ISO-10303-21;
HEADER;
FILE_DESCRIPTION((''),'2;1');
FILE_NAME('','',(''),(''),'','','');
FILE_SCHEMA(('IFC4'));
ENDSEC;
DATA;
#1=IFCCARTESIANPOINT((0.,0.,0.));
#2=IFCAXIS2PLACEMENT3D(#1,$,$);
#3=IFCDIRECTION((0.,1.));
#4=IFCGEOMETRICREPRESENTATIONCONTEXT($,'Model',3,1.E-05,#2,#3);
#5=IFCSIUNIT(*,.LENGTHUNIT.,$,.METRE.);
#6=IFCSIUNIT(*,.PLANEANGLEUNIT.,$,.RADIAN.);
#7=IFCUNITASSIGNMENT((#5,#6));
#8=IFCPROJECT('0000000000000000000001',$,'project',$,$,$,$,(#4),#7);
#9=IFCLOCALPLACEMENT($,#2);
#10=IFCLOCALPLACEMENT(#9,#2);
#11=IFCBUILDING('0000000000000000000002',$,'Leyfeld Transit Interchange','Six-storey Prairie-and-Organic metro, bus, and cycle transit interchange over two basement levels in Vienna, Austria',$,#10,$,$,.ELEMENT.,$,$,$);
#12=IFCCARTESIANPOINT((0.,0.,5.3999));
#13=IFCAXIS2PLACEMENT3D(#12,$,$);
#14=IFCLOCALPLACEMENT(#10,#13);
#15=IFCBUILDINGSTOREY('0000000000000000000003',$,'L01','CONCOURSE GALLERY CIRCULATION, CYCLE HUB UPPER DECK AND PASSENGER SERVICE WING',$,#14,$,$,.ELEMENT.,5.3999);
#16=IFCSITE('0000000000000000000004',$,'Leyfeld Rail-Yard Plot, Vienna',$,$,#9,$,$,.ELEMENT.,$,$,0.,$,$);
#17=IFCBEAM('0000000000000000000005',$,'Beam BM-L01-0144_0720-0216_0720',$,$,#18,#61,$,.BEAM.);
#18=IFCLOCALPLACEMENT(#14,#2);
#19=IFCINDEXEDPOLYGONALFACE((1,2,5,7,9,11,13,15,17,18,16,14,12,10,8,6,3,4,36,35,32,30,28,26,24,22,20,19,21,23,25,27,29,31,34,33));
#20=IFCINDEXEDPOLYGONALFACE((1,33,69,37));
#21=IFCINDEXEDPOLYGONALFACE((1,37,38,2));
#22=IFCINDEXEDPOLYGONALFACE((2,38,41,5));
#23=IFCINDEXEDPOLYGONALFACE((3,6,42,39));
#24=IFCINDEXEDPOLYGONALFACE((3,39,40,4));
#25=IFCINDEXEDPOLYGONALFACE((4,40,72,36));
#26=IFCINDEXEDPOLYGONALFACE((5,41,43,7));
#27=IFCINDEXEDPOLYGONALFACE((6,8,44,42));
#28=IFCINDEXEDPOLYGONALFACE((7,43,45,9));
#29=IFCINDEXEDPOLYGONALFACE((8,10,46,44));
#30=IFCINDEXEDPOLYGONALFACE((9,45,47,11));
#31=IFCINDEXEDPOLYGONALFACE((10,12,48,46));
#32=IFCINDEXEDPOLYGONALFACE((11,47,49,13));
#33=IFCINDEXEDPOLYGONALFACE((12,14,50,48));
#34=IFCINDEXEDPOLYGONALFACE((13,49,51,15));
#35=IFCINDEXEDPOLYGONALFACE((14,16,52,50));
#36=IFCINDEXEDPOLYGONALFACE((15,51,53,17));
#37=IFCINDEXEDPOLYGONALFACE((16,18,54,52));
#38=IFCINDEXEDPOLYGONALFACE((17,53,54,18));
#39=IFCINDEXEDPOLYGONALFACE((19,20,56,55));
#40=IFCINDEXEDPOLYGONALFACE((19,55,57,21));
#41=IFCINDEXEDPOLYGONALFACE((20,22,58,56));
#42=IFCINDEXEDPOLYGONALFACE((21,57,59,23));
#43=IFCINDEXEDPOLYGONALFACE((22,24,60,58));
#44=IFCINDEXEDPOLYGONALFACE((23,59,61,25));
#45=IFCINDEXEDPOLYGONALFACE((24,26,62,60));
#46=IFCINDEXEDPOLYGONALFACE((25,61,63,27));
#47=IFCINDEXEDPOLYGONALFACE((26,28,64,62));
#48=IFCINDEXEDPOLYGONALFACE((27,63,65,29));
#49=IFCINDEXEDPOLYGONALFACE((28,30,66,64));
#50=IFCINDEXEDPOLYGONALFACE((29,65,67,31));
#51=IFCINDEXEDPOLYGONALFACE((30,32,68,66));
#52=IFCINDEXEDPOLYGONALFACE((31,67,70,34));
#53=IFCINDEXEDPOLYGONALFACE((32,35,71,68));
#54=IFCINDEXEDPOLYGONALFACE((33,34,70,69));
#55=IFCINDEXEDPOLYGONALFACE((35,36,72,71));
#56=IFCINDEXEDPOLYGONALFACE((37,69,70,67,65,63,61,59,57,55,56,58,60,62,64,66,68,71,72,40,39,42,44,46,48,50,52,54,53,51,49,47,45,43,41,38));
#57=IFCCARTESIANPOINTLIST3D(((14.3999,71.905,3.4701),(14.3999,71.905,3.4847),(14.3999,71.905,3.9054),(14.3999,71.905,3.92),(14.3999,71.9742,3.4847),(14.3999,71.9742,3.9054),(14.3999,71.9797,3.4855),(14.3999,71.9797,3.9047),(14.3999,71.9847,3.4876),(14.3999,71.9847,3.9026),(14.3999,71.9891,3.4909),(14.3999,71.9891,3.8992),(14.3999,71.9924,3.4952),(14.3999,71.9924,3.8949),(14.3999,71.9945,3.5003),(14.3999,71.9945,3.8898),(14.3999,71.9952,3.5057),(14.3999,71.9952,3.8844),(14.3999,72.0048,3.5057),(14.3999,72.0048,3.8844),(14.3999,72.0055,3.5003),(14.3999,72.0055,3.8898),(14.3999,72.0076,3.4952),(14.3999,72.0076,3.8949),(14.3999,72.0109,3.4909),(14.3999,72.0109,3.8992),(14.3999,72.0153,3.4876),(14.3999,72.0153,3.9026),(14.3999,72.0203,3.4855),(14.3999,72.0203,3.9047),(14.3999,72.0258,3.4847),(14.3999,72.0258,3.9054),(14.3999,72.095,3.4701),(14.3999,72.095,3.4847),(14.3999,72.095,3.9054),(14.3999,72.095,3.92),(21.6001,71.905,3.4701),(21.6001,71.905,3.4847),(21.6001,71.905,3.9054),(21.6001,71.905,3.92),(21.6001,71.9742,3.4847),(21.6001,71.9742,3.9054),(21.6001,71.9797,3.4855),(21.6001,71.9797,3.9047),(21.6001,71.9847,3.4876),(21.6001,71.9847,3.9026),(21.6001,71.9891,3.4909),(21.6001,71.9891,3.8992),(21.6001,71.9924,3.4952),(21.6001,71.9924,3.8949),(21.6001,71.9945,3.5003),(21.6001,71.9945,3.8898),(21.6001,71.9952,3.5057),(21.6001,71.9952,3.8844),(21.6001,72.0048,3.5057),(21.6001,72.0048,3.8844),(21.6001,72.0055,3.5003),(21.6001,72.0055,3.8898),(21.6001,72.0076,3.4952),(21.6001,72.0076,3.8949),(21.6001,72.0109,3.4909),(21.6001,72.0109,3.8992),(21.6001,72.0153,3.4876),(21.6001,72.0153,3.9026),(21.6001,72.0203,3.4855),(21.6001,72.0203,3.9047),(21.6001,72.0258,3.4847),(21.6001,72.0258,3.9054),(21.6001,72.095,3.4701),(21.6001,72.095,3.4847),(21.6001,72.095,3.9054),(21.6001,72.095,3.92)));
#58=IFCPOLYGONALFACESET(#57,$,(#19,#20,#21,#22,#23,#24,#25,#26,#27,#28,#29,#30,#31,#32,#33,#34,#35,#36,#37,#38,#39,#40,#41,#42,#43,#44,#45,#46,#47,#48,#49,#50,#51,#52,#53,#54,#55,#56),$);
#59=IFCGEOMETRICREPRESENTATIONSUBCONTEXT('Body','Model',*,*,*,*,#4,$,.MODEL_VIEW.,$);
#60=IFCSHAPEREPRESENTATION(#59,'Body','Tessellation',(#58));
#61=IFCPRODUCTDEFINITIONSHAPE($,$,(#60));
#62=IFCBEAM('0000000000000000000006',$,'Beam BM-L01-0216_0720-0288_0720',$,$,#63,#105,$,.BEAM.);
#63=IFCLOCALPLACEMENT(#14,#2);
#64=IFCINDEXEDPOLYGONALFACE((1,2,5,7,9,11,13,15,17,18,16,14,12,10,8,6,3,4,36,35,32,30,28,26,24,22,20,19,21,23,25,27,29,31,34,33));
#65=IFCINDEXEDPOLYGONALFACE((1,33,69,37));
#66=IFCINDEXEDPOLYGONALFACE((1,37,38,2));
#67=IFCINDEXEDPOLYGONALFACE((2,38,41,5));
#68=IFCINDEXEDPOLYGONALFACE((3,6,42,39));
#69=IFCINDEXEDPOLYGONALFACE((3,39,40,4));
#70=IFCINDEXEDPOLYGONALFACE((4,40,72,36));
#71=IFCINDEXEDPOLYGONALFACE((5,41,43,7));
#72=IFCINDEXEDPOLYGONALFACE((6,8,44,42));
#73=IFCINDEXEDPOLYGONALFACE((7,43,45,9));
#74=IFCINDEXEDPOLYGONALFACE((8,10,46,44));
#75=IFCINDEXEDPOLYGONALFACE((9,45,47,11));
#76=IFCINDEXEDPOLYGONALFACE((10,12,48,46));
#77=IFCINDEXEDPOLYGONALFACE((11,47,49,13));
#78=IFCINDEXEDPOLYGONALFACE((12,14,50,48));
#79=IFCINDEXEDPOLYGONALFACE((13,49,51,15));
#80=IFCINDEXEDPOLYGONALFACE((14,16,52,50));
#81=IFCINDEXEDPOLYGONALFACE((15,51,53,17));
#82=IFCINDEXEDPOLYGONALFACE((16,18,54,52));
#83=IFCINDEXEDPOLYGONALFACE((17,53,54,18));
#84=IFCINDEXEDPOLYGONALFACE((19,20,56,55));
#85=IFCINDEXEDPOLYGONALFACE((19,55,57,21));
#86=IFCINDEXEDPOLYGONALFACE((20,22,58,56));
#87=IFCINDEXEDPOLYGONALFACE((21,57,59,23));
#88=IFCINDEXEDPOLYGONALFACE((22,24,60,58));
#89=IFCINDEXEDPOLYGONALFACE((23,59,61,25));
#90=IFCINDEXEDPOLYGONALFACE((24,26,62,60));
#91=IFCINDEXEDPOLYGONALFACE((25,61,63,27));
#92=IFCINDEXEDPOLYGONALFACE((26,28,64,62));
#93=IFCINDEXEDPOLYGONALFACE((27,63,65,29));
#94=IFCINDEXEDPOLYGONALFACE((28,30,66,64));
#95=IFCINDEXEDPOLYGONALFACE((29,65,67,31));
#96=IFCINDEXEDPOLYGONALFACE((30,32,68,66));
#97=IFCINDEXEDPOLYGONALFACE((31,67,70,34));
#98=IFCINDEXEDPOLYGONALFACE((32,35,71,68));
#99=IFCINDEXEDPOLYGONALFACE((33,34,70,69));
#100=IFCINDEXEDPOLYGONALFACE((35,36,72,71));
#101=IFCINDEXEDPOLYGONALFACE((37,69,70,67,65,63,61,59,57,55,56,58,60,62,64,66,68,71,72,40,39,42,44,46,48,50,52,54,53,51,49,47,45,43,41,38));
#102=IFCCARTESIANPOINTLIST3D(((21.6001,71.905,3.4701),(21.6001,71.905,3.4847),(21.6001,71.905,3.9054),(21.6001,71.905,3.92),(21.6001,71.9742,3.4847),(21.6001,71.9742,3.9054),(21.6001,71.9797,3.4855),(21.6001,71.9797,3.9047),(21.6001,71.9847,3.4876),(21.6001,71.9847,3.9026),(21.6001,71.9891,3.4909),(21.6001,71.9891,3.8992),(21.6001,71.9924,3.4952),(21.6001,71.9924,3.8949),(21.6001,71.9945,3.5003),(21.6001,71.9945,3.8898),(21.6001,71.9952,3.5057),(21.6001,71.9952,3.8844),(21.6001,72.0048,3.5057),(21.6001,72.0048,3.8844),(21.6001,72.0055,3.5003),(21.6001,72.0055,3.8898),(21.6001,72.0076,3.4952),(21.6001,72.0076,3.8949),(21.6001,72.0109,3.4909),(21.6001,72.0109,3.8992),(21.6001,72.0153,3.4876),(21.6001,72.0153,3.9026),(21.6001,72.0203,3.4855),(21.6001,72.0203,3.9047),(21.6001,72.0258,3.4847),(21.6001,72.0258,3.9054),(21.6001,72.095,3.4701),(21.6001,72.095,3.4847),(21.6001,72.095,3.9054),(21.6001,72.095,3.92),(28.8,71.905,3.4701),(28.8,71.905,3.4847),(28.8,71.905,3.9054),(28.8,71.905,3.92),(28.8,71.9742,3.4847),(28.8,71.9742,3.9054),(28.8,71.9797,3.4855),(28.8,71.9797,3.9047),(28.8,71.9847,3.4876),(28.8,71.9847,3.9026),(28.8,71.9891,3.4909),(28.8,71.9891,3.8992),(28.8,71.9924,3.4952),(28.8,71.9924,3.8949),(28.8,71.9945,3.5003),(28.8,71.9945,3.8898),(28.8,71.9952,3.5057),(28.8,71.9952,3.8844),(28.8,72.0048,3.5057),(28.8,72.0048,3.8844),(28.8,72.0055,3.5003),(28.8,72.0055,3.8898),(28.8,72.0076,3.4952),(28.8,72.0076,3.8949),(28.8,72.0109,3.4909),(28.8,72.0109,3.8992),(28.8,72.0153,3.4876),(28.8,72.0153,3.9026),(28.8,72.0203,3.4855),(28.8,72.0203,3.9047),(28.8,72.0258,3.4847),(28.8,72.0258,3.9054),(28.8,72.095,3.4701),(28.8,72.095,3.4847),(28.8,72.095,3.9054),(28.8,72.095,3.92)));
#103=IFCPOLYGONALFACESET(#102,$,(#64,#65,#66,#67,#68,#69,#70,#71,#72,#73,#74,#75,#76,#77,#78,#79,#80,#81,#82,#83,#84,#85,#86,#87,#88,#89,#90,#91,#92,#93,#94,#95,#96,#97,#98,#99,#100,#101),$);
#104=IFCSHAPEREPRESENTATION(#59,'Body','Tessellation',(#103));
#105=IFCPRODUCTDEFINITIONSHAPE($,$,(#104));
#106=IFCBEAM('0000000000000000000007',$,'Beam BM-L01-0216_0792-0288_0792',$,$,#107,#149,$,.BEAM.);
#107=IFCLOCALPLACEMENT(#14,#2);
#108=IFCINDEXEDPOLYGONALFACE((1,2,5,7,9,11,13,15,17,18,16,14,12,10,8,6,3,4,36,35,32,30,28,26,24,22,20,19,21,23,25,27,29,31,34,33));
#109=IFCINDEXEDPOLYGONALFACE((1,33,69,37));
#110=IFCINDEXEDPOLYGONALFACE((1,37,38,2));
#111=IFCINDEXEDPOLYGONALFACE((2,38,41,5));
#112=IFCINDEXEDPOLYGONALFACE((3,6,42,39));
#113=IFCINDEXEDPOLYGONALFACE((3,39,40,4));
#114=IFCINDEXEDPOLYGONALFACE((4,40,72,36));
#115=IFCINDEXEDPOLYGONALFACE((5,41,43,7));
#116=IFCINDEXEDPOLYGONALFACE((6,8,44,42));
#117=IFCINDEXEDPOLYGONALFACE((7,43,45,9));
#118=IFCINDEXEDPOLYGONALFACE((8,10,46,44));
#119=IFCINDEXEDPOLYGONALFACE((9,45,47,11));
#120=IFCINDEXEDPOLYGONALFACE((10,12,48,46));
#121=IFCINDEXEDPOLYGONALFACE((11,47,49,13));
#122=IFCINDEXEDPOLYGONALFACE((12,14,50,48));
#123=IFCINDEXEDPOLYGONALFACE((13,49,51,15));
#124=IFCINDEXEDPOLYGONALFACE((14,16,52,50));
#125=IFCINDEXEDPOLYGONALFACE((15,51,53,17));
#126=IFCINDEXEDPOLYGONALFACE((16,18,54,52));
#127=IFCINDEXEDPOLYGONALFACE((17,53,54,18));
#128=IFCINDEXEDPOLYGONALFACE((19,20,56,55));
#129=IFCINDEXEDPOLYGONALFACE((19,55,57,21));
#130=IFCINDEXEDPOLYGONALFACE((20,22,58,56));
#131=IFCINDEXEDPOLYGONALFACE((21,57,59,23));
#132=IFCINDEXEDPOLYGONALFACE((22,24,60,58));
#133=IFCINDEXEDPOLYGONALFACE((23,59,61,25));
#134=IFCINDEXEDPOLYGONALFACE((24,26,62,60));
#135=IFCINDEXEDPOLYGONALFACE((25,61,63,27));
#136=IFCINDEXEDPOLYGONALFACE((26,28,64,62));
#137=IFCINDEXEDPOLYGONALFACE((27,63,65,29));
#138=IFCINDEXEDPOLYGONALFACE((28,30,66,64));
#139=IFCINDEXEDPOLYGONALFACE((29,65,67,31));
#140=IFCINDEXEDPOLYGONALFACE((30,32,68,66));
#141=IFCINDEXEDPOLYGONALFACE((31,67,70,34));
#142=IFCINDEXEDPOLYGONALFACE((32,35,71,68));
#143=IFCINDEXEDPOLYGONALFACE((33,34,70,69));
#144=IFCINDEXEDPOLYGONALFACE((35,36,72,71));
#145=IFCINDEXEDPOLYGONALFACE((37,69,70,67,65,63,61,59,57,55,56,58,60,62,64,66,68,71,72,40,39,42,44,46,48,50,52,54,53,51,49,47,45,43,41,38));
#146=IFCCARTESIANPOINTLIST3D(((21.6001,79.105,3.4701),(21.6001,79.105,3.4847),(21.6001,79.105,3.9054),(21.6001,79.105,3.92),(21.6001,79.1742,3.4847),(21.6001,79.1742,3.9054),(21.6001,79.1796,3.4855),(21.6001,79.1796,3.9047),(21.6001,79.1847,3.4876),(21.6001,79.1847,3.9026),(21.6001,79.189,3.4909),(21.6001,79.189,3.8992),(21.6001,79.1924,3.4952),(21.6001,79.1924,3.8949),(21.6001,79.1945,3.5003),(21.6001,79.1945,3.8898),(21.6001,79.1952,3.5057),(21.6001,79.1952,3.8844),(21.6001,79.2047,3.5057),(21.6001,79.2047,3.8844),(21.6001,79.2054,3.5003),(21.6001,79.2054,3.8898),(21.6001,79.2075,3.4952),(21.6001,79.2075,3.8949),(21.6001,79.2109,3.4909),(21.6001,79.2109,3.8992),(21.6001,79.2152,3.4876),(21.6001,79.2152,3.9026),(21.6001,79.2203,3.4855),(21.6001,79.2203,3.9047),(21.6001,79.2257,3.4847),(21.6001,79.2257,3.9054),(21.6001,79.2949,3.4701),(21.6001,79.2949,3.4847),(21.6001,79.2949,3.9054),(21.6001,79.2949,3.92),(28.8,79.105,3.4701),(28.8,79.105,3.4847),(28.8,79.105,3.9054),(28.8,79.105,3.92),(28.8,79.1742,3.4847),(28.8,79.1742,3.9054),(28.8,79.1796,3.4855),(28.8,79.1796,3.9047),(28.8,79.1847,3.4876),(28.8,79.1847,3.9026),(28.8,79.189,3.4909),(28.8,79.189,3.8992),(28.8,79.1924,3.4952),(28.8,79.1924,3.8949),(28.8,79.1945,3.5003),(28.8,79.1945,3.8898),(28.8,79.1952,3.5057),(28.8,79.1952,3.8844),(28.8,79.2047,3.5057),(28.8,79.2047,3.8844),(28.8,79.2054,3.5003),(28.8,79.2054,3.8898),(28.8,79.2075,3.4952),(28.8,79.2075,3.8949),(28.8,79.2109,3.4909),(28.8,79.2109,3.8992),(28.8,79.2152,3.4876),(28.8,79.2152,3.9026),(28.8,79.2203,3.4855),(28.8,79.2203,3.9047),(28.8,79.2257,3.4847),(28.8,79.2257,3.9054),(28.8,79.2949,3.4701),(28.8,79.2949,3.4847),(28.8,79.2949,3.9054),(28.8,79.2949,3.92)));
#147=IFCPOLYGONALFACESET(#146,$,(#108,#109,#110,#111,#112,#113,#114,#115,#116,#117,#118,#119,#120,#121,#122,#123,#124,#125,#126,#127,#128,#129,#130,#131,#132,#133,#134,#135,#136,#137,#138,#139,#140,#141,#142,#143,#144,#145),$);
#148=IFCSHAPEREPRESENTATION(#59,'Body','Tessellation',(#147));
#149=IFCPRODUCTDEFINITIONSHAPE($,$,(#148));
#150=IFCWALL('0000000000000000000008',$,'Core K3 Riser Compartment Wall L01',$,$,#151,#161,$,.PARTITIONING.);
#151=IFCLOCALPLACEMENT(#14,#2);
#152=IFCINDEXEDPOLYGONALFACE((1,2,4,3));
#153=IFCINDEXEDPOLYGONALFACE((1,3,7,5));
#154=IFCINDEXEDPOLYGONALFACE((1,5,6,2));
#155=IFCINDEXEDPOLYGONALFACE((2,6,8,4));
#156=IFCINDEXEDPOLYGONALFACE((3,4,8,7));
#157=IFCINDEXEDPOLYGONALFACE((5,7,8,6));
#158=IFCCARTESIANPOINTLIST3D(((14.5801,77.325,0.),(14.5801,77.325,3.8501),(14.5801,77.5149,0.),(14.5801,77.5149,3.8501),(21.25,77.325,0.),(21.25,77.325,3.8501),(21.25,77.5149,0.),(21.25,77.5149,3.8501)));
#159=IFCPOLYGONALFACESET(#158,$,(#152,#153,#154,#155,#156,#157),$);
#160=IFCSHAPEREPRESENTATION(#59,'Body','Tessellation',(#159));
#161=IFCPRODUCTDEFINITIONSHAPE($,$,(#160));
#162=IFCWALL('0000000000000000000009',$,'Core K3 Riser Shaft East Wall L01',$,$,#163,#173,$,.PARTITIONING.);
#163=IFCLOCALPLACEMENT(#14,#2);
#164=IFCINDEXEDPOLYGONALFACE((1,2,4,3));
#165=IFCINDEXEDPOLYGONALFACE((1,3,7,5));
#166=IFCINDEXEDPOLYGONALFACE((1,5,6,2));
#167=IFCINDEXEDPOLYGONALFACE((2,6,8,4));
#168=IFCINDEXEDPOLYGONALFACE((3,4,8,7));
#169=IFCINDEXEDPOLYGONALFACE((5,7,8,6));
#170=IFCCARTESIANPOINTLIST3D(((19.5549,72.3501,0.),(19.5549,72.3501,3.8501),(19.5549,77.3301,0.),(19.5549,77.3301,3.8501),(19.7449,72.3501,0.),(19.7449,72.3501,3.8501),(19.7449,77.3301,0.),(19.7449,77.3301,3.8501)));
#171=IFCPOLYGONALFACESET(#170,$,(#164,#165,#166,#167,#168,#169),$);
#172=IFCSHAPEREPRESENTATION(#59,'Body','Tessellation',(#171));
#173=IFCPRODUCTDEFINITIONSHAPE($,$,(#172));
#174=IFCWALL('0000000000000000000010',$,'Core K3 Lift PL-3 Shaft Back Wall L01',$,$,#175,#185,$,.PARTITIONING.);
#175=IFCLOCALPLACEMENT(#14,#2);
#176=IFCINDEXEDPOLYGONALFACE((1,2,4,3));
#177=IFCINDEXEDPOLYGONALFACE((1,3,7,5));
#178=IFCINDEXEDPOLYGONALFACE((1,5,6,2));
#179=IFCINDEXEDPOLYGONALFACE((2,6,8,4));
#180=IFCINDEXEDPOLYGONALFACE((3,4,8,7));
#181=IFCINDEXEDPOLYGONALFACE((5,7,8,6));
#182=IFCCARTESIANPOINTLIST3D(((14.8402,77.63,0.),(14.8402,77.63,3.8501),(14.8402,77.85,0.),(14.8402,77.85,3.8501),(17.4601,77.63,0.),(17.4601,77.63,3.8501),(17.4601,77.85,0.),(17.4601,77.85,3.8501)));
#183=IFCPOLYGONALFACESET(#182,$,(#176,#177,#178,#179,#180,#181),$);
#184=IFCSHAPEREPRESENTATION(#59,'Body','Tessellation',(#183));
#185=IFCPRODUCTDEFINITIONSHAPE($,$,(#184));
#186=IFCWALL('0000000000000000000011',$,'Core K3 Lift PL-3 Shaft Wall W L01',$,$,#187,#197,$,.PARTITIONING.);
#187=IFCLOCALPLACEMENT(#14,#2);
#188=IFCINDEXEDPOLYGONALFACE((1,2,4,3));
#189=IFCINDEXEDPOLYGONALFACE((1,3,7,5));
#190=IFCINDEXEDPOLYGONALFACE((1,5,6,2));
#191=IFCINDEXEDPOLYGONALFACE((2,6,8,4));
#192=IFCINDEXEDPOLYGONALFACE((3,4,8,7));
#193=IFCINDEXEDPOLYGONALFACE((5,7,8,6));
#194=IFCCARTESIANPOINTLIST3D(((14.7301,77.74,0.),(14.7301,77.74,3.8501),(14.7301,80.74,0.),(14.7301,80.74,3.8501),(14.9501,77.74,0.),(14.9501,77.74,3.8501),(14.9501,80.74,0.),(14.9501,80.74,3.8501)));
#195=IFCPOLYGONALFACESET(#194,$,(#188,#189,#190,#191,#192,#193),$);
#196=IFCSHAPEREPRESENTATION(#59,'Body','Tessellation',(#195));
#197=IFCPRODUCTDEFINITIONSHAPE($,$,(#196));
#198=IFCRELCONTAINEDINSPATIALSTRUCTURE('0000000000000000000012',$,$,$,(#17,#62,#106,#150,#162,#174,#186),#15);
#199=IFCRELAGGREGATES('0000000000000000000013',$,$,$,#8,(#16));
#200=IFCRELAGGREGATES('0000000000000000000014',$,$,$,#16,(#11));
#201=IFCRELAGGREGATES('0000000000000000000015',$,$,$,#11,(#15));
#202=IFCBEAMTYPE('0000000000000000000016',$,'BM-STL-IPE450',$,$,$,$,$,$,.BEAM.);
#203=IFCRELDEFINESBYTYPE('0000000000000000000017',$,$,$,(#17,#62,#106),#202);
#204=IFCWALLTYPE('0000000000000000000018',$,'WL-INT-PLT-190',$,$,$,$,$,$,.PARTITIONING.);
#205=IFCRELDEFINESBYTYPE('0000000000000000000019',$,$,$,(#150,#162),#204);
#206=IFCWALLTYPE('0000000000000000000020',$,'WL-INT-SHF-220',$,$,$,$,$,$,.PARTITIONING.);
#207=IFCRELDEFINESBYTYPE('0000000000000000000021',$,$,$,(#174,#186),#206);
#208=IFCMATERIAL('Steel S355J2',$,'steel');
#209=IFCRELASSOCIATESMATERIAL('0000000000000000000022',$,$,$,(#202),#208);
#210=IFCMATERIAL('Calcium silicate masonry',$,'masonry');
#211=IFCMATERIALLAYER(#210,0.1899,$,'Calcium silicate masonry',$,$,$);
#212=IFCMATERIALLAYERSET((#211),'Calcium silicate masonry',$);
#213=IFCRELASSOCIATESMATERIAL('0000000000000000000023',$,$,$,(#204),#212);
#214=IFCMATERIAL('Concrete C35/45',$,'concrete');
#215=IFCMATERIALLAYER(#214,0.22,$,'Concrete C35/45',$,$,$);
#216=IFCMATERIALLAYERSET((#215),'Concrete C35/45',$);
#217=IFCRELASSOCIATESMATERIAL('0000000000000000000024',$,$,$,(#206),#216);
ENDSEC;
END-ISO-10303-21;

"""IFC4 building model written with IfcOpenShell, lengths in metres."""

from ifc_helpers import new_model, si_unit, direction, frame, frame_2d, origin, origin_2d, place, context, subcontext, project, spatial, rectangle, i_section, extrude, material, layer, layer_set, material_profile, profile_set, type_object, element, save


model = new_model("IFC4")

# Units and contexts
model_context = context("Model", 3, precision=1e-05, world=origin(), true_north=direction((0.0, 1.0)))
body_context = subcontext(model_context, "Body", "Model", "MODEL_VIEW")
ifc_project = project(units=[si_unit("LENGTHUNIT", "METRE"), si_unit("PLANEANGLEUNIT", "RADIAN")], contexts=[model_context])

# Site, building, storey
site_placement = place(None, origin())
site = spatial("IfcSite", under=ifc_project, at=site_placement, Name="Leyfeld Rail-Yard Plot, Vienna", CompositionType="ELEMENT", RefElevation=0.0)
building_placement = place(site_placement, origin())
building = spatial("IfcBuilding", under=site, at=building_placement, Name="Leyfeld Transit Interchange", Description="Six-storey Prairie-and-Organic metro, bus, and cycle transit interchange over two basement levels in Vienna, Austria", CompositionType="ELEMENT")
storey_placement = place(building_placement, frame((0.0, 0.0, 5.3999)))
storey = spatial("IfcBuildingStorey", under=building, at=storey_placement, Name="L01", Description="CONCOURSE GALLERY CIRCULATION, CYCLE HUB UPPER DECK AND PASSENGER SERVICE WING", CompositionType="ELEMENT", Elevation=5.3999)

# Shared definitions
ifc_material_1 = material(Name="Concrete C35/45", Category="concrete")

# Beams
ifc_material_2 = material(Name="Steel S355J2", Category="steel")
ifc_material_profile_1 = material_profile(ifc_material_2, i_section(OverallWidth=0.1899, OverallDepth=0.45, WebThickness=0.0095, FlangeThickness=0.0146, FilletRadius=0.021, at=origin_2d()), Name="IPE 450")
ifc_profile_set_1 = profile_set([ifc_material_profile_1], Name="Steel S355J2")
beam_type_1 = type_object("IfcBeamType", Name="BM-STL-IPE450", PredefinedType="BEAM", material=ifc_profile_set_1)
beam_1_placement = place(storey_placement, frame((14.3999, 72.0, 3.6951), z_axis=(1.0, 0.0, 0.0), x_axis=(0.0, 1.0, 0.0)))
element("IfcBeam", 1, at=beam_1_placement, inside=storey, type_object=beam_type_1, Name="Beam BM-L01-0144_0720-0216_0720", PredefinedType="BEAM", context=body_context, shape_type="SweptSolid", body=[
    extrude(i_section(OverallWidth=0.1899, OverallDepth=0.45, WebThickness=0.0095, FlangeThickness=0.0146, FilletRadius=0.021, at=origin_2d()), origin(), (0.0, 0.0, 1.0), 7.2002),
])
for number, where, z_axis, x_axis, name in (
    (2, (21.6001, 72.0, 3.6951), (1.0, 0.0, 0.0), (0.0, 1.0, 0.0), "Beam BM-L01-0216_0720-0288_0720"),
    (3, (21.6001, 79.2, 3.6951), (1.0, 0.0, 0.0), (0.0, 1.0, 0.0), "Beam BM-L01-0216_0792-0288_0792"),
):
    element("IfcBeam", number, at=place(storey_placement, frame(where, z_axis=z_axis, x_axis=x_axis)), inside=storey, type_object=beam_type_1, Name=name, PredefinedType="BEAM", context=body_context, shape_type="SweptSolid", body=[
        extrude(i_section(OverallWidth=0.1899, OverallDepth=0.45, WebThickness=0.0095, FlangeThickness=0.0146, FilletRadius=0.021, at=origin_2d()), origin(), (0.0, 0.0, 1.0), 7.2),
    ])

# Walls
ifc_material_3 = material(Name="Calcium silicate masonry", Category="masonry")
ifc_layer_1 = layer(ifc_material_3, 0.1899, Name="Calcium silicate masonry")
ifc_layer_set_1 = layer_set([ifc_layer_1], Name="Calcium silicate masonry")
wall_type_1 = type_object("IfcWallType", Name="WL-INT-PLT-190", PredefinedType="PARTITIONING", material=ifc_layer_set_1)
wall_1_placement = place(storey_placement, frame((14.5801, 77.4199, 0.0), z_axis=(0.0, 0.0, 1.0), x_axis=(1.0, 0.0, 0.0)))
element("IfcWall", 4, at=wall_1_placement, inside=storey, type_object=wall_type_1, Name="Core K3 Riser Compartment Wall L01", PredefinedType="PARTITIONING", context=body_context, shape_type="SweptSolid", body=[
    extrude(rectangle(XDim=6.6699, YDim=0.1899, at=frame_2d((3.335, 0.0))), origin(), (0.0, 0.0, 1.0), 3.8501),
])
wall_2_placement = place(storey_placement, frame((19.6499, 72.3501, 0.0), z_axis=(0.0, 0.0, 1.0), x_axis=(0.0, 1.0, 0.0)))
element("IfcWall", 5, at=wall_2_placement, inside=storey, type_object=wall_type_1, Name="Core K3 Riser Shaft East Wall L01", PredefinedType="PARTITIONING", context=body_context, shape_type="SweptSolid", body=[
    extrude(rectangle(XDim=4.98, YDim=0.1899, at=frame_2d((2.49, 0.0))), origin(), (0.0, 0.0, 1.0), 3.8501),
])

# Shared definitions
ifc_layer_2 = layer(ifc_material_1, 0.22, Name="Concrete C35/45")
ifc_layer_set_2 = layer_set([ifc_layer_2], Name="Concrete C35/45")
wall_type_2 = type_object("IfcWallType", Name="WL-INT-SHF-220", PredefinedType="PARTITIONING", material=ifc_layer_set_2)

# Walls
wall_3_placement = place(storey_placement, frame((14.8401, 77.74, 0.0), z_axis=(0.0, 0.0, 1.0), x_axis=(1.0, 0.0, 0.0)))
element("IfcWall", 6, at=wall_3_placement, inside=storey, type_object=wall_type_2, Name="Core K3 Lift PL-3 Shaft Back Wall L01", PredefinedType="PARTITIONING", context=body_context, shape_type="SweptSolid", body=[
    extrude(rectangle(XDim=2.6199, YDim=0.22, at=frame_2d((1.3101, 0.0))), origin(), (0.0, 0.0, 1.0), 3.8501),
])
for number, where, z_axis, x_axis, name in (
    (7, (14.8401, 77.74, 0.0), (0.0, 0.0, 1.0), (0.0, 1.0, 0.0), "Core K3 Lift PL-3 Shaft Wall W L01"),
):
    element("IfcWall", number, at=place(storey_placement, frame(where, z_axis=z_axis, x_axis=x_axis)), inside=storey, type_object=wall_type_2, Name=name, PredefinedType="PARTITIONING", context=body_context, shape_type="SweptSolid", body=[
        extrude(rectangle(XDim=3.0, YDim=0.22, at=frame_2d((1.5, 0.0))), origin(), (0.0, 0.0, 1.0), 3.8501),
    ])

save(model, "model.ifc")
